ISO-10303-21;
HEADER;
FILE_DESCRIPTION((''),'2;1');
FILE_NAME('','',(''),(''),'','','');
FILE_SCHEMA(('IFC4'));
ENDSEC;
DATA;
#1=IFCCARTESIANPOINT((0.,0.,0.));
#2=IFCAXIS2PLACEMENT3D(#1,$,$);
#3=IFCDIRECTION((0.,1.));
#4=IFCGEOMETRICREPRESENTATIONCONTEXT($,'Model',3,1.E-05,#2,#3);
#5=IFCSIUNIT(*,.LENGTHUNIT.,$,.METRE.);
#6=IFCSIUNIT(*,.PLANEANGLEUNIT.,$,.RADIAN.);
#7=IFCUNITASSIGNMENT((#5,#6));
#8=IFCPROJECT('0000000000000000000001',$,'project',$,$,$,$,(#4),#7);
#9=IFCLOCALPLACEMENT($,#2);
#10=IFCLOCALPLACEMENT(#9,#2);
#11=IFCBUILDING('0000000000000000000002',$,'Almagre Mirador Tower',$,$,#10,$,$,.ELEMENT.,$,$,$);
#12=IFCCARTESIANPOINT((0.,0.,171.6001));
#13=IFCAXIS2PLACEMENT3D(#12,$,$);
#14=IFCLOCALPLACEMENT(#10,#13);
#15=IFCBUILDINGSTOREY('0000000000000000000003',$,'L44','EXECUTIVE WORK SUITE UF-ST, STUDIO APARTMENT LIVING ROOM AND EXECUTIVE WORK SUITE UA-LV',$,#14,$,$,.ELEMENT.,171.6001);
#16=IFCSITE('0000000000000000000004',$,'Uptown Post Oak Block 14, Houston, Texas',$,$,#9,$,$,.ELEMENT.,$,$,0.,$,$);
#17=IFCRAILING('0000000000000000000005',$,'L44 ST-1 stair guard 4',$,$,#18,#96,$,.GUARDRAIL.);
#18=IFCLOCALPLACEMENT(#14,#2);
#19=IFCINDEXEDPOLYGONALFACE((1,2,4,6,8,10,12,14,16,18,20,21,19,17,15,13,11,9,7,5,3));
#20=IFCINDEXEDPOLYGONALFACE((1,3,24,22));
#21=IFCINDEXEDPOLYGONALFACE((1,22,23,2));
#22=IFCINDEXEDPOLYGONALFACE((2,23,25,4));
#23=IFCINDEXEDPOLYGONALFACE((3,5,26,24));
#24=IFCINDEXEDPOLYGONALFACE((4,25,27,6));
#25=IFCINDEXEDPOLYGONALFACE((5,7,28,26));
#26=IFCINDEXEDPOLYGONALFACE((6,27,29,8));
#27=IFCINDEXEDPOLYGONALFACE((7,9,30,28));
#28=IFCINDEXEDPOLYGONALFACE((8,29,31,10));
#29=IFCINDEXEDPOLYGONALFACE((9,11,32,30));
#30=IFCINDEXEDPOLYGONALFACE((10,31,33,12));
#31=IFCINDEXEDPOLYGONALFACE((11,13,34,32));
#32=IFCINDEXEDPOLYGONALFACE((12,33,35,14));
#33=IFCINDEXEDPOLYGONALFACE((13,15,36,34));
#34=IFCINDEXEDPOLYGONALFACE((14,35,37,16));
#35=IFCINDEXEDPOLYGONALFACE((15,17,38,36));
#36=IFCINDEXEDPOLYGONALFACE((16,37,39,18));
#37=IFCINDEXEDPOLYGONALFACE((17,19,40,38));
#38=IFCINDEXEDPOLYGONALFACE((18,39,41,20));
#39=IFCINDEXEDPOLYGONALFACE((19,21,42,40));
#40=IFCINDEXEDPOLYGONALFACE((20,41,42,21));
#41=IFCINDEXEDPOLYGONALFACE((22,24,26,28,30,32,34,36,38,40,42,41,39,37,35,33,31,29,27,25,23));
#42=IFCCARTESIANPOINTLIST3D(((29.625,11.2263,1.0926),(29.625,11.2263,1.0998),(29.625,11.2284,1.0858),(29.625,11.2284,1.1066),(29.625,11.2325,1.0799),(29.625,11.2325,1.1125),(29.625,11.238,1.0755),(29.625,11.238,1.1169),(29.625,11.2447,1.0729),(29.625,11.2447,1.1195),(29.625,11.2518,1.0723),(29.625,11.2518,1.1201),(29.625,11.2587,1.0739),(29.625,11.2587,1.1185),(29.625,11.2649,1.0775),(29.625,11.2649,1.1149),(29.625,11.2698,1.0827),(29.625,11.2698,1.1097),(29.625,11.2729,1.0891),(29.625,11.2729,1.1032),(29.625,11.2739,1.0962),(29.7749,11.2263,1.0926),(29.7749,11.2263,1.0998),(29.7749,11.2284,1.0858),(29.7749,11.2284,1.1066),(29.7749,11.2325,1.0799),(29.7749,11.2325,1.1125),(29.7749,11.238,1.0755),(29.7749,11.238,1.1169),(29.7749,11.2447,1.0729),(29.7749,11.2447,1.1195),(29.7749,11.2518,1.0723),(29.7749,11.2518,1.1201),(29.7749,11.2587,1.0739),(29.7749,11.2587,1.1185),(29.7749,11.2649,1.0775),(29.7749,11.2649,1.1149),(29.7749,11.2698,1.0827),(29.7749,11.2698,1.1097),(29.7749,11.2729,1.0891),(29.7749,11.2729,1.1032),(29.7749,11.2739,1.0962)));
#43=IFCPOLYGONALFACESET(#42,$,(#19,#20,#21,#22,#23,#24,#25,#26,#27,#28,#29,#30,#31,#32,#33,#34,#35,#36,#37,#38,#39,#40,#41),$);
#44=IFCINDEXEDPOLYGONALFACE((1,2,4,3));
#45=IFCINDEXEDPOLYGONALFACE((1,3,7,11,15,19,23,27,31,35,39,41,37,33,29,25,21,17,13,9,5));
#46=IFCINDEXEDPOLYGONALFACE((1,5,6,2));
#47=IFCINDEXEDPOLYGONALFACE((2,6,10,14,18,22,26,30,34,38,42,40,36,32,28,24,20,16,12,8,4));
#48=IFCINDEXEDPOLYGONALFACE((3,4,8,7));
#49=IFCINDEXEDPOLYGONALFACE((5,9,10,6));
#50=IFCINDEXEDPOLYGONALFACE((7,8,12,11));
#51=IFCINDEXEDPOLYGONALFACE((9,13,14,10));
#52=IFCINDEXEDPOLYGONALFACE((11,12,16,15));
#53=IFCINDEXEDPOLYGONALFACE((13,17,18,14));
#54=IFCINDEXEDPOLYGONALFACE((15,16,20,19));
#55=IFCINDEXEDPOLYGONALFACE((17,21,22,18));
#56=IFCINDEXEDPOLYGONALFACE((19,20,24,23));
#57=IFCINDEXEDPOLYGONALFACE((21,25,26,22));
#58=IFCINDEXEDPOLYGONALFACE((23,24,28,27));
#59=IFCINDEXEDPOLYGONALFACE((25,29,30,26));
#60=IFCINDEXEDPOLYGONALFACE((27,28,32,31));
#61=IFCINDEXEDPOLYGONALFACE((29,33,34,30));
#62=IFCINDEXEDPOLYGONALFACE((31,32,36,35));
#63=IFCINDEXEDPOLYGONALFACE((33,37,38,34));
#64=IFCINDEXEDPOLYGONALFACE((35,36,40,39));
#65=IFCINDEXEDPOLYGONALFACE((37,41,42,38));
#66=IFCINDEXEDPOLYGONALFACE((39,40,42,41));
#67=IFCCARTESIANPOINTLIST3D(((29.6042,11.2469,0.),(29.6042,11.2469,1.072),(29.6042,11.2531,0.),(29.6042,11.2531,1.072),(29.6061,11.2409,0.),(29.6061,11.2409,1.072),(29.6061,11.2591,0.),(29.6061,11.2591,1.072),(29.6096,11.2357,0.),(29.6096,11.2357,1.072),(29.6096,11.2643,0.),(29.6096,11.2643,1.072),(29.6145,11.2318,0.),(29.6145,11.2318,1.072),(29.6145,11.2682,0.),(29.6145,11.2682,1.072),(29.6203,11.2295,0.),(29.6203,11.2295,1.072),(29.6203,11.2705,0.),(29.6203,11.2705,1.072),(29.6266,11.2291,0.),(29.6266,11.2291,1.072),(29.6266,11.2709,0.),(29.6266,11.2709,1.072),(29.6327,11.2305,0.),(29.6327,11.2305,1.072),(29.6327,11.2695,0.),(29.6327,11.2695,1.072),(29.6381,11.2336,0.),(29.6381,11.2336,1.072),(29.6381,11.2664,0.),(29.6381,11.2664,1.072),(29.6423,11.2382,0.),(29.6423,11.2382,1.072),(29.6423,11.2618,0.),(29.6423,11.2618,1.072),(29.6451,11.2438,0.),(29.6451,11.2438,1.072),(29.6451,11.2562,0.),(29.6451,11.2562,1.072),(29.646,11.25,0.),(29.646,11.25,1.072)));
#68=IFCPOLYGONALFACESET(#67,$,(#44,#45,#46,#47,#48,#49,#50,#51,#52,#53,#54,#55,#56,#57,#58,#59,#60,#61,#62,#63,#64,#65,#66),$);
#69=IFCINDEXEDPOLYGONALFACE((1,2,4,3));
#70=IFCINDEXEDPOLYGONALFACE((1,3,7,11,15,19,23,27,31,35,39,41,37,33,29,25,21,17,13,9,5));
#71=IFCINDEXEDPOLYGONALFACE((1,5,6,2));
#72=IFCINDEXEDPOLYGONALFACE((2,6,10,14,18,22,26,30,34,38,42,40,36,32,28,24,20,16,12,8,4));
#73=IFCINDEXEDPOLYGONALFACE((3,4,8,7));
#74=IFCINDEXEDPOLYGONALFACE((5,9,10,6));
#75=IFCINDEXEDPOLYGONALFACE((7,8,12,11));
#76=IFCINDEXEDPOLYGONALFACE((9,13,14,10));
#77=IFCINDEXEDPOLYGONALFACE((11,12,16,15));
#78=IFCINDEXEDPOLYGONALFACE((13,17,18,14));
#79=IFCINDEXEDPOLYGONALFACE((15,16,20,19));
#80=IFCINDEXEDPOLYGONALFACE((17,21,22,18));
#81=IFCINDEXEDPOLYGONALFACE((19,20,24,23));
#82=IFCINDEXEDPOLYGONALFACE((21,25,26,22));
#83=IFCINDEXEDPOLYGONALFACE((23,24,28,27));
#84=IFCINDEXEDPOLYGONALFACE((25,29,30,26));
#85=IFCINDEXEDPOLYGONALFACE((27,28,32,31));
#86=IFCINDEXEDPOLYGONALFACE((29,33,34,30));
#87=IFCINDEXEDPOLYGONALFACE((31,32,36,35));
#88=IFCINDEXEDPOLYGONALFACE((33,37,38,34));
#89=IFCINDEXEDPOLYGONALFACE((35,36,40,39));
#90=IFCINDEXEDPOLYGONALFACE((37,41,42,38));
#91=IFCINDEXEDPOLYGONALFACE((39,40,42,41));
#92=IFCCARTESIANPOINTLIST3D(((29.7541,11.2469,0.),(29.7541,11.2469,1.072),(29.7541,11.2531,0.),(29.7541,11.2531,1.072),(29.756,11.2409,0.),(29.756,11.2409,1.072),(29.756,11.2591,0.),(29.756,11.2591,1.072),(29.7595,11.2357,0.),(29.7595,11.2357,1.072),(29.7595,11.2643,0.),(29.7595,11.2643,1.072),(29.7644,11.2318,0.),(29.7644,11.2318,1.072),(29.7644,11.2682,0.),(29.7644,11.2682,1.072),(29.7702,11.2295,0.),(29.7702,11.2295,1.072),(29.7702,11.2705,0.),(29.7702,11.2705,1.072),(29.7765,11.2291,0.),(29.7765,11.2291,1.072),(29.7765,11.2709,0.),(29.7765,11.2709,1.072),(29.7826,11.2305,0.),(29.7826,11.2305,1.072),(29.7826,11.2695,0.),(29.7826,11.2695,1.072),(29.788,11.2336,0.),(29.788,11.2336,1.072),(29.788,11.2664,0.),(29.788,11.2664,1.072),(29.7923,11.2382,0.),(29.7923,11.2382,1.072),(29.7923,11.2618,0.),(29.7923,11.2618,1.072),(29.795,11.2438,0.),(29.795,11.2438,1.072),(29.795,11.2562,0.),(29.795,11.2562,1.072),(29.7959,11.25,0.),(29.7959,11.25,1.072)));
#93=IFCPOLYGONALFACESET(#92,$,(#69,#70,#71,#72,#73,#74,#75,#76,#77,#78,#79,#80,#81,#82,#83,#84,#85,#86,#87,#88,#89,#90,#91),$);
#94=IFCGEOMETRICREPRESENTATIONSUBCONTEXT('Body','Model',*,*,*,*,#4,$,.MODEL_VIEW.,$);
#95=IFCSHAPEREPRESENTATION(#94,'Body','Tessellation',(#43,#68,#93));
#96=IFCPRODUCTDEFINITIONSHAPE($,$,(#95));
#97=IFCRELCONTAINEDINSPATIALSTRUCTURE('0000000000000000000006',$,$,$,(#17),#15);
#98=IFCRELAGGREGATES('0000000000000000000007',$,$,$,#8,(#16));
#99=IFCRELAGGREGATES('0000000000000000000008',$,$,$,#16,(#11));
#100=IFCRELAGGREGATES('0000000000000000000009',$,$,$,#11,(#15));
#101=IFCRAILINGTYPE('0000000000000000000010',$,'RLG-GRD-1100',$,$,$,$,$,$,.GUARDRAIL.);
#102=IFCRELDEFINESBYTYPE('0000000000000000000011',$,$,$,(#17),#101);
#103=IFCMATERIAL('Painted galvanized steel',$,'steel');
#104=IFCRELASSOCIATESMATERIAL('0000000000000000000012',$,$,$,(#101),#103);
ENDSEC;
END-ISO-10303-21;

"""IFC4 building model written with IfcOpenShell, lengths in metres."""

from ifc_helpers import new_model, si_unit, direction, frame, origin, origin_2d, place, context, subcontext, project, spatial, circle, extrude, material, type_object, element, save


model = new_model("IFC4")

# Units and contexts
model_context = context("Model", 3, precision=1e-05, world=origin(), true_north=direction((0.0, 1.0)))
body_context = subcontext(model_context, "Body", "Model", "MODEL_VIEW")
ifc_project = project(units=[si_unit("LENGTHUNIT", "METRE"), si_unit("PLANEANGLEUNIT", "RADIAN")], contexts=[model_context])

# Site, building, storey
site_placement = place(None, origin())
site = spatial("IfcSite", under=ifc_project, at=site_placement, Name="Uptown Post Oak Block 14, Houston, Texas", CompositionType="ELEMENT", RefElevation=0.0)
building_placement = place(site_placement, origin())
building = spatial("IfcBuilding", under=site, at=building_placement, Name="Almagre Mirador Tower", CompositionType="ELEMENT")
storey_placement = place(building_placement, frame((0.0, 0.0, 171.6001)))
storey = spatial("IfcBuildingStorey", under=building, at=storey_placement, Name="L44", Description="EXECUTIVE WORK SUITE UF-ST, STUDIO APARTMENT LIVING ROOM AND EXECUTIVE WORK SUITE UA-LV", CompositionType="ELEMENT", Elevation=171.6001)

# Railing
ifc_material_1 = material(Name="Painted galvanized steel", Category="steel")
railing_type_1 = type_object("IfcRailingType", Name="RLG-GRD-1100", PredefinedType="GUARDRAIL", material=ifc_material_1)
railing_1_placement = place(storey_placement, frame((29.625, 11.25, 0.0)))
element("IfcRailing", 1, at=railing_1_placement, inside=storey, type_object=railing_type_1, Name="L44 ST-1 stair guard 4", PredefinedType="GUARDRAIL", context=body_context, shape_type="SweptSolid", body=[
    extrude(circle(Radius=0.0239, at=origin_2d()), frame((0.0, 0.0, 1.0962), z_axis=(1.0, 0.0, 0.0), x_axis=(0.0, 1.0, 0.0)), (0.0, 0.0, 1.0), 0.1499),
    extrude(circle(Radius=0.021, at=origin_2d()), origin(), (0.0, 0.0, 1.0), 1.072),
    extrude(circle(Radius=0.021, at=origin_2d()), frame((0.1499, 0.0, 0.0)), (0.0, 0.0, 1.0), 1.072),
])

save(model, "model.ifc")
